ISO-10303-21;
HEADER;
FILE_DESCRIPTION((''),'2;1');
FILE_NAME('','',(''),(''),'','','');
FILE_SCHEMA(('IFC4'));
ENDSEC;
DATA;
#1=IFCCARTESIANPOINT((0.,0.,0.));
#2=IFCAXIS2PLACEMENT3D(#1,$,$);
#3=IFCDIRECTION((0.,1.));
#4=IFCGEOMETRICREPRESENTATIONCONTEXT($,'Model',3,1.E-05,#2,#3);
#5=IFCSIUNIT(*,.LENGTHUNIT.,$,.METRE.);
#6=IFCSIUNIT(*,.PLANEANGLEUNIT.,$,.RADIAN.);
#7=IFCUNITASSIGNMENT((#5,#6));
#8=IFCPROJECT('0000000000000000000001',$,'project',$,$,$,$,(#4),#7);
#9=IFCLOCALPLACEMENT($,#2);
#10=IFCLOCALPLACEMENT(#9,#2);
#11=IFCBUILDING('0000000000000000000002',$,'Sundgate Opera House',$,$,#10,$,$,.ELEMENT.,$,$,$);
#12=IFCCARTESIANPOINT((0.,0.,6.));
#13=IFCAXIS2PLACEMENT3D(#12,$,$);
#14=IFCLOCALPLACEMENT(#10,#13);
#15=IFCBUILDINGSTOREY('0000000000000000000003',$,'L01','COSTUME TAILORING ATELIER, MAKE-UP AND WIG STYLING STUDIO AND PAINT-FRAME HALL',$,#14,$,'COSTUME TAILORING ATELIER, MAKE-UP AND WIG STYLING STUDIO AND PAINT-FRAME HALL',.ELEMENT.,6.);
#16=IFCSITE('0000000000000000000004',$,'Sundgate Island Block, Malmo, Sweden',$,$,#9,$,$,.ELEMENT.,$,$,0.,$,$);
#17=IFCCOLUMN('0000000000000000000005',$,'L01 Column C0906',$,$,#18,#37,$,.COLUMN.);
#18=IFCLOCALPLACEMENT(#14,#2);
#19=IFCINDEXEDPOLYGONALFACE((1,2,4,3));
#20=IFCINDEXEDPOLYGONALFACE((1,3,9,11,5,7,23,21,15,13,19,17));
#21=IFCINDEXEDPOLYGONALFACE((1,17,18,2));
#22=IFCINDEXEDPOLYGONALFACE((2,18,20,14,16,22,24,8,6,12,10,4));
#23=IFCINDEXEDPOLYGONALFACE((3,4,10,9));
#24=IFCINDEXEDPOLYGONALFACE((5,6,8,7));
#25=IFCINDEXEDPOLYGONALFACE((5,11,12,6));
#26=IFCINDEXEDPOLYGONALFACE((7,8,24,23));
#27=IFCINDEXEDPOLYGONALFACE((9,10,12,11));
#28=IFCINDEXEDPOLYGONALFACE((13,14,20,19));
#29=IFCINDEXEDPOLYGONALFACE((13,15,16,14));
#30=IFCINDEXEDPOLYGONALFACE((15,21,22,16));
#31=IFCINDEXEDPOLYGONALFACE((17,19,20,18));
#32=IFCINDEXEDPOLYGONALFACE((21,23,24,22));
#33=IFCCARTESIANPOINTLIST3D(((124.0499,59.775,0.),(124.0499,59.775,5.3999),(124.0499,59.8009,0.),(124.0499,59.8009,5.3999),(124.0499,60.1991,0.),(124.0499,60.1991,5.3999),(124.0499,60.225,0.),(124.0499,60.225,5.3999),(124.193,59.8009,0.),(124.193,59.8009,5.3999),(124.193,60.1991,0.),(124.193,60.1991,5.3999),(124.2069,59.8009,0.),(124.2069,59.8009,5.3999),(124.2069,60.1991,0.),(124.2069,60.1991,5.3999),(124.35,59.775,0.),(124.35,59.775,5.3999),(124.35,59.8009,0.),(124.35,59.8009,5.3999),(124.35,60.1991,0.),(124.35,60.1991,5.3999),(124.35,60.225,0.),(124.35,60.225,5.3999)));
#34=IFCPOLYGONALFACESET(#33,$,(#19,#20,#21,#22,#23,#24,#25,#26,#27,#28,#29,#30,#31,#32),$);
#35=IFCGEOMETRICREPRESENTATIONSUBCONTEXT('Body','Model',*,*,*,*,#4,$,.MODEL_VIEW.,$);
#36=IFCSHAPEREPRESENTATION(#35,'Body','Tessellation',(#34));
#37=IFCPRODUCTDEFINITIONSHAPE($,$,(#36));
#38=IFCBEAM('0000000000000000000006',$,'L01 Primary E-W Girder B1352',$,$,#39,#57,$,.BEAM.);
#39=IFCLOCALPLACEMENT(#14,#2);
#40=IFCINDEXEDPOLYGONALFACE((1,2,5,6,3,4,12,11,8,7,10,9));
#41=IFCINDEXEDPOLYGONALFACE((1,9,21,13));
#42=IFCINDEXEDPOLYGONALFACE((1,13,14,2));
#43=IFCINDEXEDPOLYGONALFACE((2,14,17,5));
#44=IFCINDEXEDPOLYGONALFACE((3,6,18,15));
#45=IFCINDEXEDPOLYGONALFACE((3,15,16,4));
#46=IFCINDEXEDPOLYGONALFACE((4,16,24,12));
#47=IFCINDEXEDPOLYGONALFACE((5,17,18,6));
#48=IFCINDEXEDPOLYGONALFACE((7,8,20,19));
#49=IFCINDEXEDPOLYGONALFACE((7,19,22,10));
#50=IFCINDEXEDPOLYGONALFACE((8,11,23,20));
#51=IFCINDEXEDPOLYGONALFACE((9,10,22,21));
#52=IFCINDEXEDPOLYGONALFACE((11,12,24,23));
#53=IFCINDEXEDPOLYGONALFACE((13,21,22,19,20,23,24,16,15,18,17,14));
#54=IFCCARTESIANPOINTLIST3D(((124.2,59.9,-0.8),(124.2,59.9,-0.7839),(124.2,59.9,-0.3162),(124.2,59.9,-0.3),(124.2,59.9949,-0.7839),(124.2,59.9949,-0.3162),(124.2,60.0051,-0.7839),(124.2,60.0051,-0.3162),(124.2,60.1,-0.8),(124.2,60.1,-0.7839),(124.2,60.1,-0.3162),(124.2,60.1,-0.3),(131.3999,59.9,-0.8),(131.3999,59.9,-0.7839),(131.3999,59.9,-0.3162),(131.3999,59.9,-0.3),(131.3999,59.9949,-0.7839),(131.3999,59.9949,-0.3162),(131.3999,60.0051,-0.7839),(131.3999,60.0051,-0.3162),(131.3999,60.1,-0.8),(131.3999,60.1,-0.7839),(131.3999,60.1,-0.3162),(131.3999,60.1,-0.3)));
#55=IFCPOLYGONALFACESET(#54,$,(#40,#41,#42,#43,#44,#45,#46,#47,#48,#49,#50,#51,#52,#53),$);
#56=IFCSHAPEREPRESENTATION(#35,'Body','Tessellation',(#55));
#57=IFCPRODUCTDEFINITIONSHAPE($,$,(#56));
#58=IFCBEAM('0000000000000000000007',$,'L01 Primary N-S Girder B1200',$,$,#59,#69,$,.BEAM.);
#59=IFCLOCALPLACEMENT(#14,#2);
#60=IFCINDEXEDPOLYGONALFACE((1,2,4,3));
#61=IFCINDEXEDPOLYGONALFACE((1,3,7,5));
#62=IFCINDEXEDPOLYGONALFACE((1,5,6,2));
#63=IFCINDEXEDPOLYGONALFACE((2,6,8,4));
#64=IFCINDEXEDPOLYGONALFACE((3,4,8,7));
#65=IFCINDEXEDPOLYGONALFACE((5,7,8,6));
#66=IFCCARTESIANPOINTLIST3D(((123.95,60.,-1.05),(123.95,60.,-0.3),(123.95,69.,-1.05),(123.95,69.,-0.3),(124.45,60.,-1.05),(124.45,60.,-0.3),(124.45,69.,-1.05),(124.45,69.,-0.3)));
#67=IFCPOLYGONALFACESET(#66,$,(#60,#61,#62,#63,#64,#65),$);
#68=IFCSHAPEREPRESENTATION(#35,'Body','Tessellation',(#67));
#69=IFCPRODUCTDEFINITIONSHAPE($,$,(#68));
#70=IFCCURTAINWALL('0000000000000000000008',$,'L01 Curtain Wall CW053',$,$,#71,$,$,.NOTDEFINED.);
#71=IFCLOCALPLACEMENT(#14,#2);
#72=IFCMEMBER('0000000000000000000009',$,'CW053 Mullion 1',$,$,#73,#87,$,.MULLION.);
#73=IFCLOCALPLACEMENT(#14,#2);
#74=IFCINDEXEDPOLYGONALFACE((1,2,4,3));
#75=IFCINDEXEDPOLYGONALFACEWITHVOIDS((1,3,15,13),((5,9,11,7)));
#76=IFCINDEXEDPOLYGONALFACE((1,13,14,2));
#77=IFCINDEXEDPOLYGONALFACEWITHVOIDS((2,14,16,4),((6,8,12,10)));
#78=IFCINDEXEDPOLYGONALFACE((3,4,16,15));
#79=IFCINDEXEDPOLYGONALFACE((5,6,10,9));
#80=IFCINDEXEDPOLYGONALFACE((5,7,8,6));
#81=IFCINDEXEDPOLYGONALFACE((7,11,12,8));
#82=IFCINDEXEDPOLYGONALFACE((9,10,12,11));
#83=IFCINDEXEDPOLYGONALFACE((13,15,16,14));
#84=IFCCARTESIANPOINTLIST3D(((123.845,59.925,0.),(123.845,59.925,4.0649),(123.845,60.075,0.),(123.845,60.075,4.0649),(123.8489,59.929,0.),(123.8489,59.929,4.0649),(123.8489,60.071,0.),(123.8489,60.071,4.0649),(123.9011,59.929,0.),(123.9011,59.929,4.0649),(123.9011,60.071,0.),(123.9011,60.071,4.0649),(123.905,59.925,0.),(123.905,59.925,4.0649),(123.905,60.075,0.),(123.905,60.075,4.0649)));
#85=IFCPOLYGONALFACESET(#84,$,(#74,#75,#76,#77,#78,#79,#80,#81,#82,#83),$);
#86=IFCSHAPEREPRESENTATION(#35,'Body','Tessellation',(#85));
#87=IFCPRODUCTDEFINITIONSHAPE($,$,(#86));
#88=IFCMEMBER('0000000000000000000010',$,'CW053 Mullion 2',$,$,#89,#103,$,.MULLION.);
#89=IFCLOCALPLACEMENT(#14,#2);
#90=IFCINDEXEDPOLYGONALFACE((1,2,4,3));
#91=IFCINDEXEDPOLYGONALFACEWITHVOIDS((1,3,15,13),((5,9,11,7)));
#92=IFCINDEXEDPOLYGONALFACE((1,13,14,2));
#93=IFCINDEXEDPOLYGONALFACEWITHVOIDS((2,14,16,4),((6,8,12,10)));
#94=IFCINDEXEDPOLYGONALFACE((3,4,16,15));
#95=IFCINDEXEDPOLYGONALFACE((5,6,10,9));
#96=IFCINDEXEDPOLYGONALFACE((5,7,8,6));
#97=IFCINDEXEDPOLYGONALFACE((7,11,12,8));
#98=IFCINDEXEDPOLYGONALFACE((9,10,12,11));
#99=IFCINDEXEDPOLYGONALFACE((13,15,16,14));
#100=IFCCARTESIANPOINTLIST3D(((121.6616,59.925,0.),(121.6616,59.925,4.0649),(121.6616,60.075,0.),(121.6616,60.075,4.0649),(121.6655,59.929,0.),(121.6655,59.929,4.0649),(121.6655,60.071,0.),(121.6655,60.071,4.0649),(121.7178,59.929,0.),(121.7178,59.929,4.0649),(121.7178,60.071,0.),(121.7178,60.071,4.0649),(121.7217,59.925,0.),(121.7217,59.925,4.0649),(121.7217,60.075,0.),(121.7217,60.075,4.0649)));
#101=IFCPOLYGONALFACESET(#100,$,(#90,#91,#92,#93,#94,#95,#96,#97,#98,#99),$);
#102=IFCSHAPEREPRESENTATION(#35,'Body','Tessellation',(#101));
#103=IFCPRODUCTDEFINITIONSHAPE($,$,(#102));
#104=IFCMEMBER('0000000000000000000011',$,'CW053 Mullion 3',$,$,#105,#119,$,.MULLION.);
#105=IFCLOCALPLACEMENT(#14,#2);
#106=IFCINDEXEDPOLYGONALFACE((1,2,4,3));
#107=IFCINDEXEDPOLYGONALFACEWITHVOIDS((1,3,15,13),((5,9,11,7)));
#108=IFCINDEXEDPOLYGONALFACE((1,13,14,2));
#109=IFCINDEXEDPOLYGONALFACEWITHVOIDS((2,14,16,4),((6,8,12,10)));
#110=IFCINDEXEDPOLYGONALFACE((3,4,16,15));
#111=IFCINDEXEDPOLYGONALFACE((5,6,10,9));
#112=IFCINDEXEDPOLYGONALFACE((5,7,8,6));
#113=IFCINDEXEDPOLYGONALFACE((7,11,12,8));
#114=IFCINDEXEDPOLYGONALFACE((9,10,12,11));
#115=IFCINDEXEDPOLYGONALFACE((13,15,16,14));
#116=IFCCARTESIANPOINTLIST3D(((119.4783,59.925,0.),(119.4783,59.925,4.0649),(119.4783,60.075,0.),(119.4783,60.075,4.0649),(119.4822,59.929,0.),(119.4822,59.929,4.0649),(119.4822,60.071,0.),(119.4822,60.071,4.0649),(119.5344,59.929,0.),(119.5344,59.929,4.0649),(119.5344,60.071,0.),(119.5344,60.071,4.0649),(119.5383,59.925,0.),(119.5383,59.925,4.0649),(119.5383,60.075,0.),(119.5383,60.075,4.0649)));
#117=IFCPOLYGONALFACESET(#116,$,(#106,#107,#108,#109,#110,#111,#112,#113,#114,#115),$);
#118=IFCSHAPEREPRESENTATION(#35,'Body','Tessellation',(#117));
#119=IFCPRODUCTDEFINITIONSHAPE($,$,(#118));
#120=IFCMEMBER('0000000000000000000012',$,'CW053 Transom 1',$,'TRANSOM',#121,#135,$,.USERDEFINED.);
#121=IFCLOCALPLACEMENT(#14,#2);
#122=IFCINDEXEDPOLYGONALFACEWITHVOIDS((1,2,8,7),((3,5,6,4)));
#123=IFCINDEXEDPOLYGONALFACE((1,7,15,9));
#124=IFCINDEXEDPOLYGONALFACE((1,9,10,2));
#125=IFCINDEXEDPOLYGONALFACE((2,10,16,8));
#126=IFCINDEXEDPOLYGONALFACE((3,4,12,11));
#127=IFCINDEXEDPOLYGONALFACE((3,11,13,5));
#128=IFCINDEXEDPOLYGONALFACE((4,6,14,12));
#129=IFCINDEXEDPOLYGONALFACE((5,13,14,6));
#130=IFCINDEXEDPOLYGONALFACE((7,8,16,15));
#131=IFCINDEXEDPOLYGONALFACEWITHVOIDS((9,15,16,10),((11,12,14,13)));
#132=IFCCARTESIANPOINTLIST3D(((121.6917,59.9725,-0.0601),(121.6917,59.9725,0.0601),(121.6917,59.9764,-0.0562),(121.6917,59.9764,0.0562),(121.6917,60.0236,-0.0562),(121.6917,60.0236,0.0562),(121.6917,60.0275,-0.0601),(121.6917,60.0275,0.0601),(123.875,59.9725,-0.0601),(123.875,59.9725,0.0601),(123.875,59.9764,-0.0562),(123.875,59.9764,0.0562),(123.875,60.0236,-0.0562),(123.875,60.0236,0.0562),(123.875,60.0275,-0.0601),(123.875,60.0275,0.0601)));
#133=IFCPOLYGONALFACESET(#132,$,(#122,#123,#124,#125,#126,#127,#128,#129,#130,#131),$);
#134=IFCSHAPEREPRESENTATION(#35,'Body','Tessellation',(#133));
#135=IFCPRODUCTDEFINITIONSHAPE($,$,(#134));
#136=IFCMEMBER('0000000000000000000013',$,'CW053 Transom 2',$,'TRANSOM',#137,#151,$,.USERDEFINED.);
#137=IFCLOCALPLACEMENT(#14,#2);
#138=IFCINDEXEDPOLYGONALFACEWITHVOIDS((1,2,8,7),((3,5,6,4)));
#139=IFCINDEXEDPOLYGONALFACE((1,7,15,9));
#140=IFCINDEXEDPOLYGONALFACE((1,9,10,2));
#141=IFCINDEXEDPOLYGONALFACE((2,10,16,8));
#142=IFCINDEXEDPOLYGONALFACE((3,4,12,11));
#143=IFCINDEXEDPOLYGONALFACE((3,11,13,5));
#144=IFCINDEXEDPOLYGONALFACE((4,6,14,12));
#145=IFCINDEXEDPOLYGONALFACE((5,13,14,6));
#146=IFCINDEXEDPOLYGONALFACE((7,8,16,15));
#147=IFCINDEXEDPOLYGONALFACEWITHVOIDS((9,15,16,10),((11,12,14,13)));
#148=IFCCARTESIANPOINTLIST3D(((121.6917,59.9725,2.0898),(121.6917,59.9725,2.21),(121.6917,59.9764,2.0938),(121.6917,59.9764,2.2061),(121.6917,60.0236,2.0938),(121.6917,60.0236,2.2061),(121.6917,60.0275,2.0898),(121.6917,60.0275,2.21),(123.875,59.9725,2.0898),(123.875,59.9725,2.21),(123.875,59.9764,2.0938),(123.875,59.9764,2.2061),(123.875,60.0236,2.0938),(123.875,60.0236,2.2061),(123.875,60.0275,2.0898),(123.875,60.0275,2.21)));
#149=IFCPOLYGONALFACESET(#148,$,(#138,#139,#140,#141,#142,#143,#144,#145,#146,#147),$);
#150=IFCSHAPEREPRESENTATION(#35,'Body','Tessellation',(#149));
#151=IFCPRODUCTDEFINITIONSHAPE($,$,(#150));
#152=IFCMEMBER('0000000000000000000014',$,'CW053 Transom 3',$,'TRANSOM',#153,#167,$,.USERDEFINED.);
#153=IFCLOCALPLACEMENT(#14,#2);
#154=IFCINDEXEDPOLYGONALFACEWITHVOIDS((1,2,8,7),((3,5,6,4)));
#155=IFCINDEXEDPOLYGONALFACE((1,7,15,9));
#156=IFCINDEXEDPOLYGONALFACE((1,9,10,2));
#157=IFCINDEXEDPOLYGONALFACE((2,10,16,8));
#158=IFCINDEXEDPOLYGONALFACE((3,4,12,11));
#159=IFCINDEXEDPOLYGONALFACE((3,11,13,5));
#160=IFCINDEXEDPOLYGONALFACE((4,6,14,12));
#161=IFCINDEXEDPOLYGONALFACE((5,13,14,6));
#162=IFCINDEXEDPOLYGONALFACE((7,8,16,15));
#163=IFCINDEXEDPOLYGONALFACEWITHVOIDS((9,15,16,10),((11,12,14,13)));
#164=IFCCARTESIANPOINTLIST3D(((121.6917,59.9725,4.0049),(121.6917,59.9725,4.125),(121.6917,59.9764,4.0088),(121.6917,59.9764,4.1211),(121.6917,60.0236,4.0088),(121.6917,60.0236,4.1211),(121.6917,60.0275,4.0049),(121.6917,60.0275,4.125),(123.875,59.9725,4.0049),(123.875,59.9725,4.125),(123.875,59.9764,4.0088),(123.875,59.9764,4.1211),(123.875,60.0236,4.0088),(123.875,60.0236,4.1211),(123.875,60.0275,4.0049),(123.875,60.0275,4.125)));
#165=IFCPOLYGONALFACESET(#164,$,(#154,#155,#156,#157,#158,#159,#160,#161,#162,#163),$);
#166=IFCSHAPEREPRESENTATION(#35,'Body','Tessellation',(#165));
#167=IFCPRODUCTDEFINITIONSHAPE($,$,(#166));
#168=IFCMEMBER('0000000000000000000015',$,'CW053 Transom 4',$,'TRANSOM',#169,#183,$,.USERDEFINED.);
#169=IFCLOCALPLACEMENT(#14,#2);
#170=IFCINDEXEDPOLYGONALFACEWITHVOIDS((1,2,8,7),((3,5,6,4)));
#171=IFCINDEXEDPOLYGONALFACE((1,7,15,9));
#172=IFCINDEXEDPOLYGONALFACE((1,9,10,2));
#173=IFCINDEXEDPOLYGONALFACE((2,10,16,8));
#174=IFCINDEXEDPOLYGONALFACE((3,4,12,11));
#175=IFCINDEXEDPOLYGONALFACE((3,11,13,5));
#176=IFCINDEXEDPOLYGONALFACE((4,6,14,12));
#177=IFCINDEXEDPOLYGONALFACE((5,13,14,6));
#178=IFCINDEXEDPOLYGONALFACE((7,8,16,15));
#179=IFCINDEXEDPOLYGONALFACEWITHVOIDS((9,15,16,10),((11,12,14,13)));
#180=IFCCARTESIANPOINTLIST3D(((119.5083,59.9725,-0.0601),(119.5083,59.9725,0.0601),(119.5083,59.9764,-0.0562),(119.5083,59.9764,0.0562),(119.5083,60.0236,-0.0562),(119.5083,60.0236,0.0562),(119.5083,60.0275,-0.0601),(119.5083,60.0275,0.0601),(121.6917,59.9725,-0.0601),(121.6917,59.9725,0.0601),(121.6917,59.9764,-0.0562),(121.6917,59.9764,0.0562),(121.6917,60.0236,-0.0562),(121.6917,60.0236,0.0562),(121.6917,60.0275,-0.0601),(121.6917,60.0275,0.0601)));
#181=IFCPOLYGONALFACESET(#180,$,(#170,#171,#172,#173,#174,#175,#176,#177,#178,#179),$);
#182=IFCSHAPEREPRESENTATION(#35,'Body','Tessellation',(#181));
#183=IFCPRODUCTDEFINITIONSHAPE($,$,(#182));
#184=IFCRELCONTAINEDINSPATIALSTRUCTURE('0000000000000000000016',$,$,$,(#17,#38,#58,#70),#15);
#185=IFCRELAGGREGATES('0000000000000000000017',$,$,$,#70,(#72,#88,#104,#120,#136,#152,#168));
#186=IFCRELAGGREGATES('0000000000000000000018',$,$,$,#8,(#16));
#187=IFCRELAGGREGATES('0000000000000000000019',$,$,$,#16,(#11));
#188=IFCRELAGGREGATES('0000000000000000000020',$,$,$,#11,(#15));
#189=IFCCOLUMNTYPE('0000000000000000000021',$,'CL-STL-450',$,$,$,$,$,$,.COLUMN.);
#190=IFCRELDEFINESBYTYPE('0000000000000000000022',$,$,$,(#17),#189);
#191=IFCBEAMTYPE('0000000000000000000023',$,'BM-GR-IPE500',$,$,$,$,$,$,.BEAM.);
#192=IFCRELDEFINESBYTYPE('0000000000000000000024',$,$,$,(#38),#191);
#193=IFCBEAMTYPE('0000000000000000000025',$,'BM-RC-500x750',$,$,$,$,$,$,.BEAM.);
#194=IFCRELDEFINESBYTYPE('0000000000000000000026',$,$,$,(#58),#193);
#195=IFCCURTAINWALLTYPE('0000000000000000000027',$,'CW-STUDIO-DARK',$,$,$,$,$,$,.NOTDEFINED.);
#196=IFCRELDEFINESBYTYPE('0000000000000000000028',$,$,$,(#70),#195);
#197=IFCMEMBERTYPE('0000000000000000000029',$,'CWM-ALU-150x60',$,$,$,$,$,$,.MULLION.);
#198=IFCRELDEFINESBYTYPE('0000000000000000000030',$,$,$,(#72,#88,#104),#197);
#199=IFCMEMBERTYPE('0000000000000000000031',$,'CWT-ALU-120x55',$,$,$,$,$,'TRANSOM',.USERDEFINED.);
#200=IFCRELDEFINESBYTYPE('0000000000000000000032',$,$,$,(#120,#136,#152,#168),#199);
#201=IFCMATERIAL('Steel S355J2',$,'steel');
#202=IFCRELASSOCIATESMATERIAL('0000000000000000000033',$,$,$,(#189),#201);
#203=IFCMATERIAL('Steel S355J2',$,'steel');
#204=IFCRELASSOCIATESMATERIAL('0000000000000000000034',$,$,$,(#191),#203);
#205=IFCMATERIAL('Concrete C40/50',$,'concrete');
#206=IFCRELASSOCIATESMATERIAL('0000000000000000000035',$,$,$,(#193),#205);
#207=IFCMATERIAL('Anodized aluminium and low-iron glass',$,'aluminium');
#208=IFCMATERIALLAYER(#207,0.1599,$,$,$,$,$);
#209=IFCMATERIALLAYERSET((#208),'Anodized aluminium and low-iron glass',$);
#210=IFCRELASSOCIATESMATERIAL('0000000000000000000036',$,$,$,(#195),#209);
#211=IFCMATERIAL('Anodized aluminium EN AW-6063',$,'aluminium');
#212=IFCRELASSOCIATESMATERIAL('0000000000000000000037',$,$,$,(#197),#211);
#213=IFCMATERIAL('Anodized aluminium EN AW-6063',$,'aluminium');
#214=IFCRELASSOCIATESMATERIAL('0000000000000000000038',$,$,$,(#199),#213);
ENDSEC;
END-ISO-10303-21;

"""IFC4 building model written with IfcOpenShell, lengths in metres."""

from ifc_helpers import new_model, si_unit, direction, frame, origin, origin_2d, place, context, subcontext, project, spatial, rectangle, hollow_rectangle, i_section, extrude, material, layer, layer_set, material_profile, profile_set, type_object, element, aggregate, save


model = new_model("IFC4")

# Units and contexts
model_context = context("Model", 3, precision=1e-05, world=origin(), true_north=direction((0.0, 1.0)))
body_context = subcontext(model_context, "Body", "Model", "MODEL_VIEW")
ifc_project = project(units=[si_unit("LENGTHUNIT", "METRE"), si_unit("PLANEANGLEUNIT", "RADIAN")], contexts=[model_context])

# Site, building, storey
site_placement = place(None, origin())
site = spatial("IfcSite", under=ifc_project, at=site_placement, Name="Sundgate Island Block, Malmo, Sweden", CompositionType="ELEMENT", RefElevation=0.0)
building_placement = place(site_placement, origin())
building = spatial("IfcBuilding", under=site, at=building_placement, Name="Sundgate Opera House", CompositionType="ELEMENT")
storey_placement = place(building_placement, frame((0.0, 0.0, 6.0)))
storey = spatial("IfcBuildingStorey", under=building, at=storey_placement, Name="L01", Description="COSTUME TAILORING ATELIER, MAKE-UP AND WIG STYLING STUDIO AND PAINT-FRAME HALL", LongName="COSTUME TAILORING ATELIER, MAKE-UP AND WIG STYLING STUDIO AND PAINT-FRAME HALL", CompositionType="ELEMENT", Elevation=6.0)

# Column
ifc_material_1 = material(Name="Steel S355J2", Category="steel")
ifc_material_profile_1 = material_profile(ifc_material_1, i_section(OverallWidth=0.3, OverallDepth=0.45, WebThickness=0.0139, FlangeThickness=0.0259, at=origin_2d()), Name="HEB 450")
ifc_profile_set_1 = profile_set([ifc_material_profile_1], Name="Steel S355J2")
column_type = type_object("IfcColumnType", Name="CL-STL-450", PredefinedType="COLUMN", material=ifc_profile_set_1)
column_placement = place(storey_placement, frame((124.2, 60.0, 0.0), z_axis=(0.0, 0.0, 1.0), x_axis=(1.0, 0.0, 0.0)))
element("IfcColumn", 1, at=column_placement, inside=storey, type_object=column_type, Name="L01 Column C0906", PredefinedType="COLUMN", context=body_context, shape_type="SweptSolid", body=[
    extrude(i_section(OverallWidth=0.3, OverallDepth=0.45, WebThickness=0.0139, FlangeThickness=0.0259, at=origin_2d()), origin(), (0.0, 0.0, 1.0), 5.3999),
])

# Beams
ifc_material_2 = material(Name="Steel S355J2", Category="steel")
ifc_material_profile_2 = material_profile(ifc_material_2, i_section(OverallWidth=0.2, OverallDepth=0.5, WebThickness=0.0103, FlangeThickness=0.0161, at=origin_2d()), Name="IPE 500")
ifc_profile_set_2 = profile_set([ifc_material_profile_2], Name="Steel S355J2")
beam_type_1 = type_object("IfcBeamType", Name="BM-GR-IPE500", PredefinedType="BEAM", material=ifc_profile_set_2)
beam_1_placement = place(storey_placement, frame((124.2, 60.0, -0.55), z_axis=(1.0, 0.0, 0.0), x_axis=(0.0, 1.0, 0.0)))
element("IfcBeam", 2, at=beam_1_placement, inside=storey, type_object=beam_type_1, Name="L01 Primary E-W Girder B1352", PredefinedType="BEAM", context=body_context, shape_type="SweptSolid", body=[
    extrude(i_section(OverallWidth=0.2, OverallDepth=0.5, WebThickness=0.0103, FlangeThickness=0.0161, at=origin_2d()), origin(), (0.0, 0.0, 1.0), 7.2),
])
ifc_material_3 = material(Name="Concrete C40/50", Category="concrete")
ifc_material_profile_3 = material_profile(ifc_material_3, rectangle(XDim=0.5, YDim=0.75, at=origin_2d()), Name="RC 500x750")
ifc_profile_set_3 = profile_set([ifc_material_profile_3], Name="Concrete C40/50")
beam_type_2 = type_object("IfcBeamType", Name="BM-RC-500x750", PredefinedType="BEAM", material=ifc_profile_set_3)
beam_2_placement = place(storey_placement, frame((124.2, 60.0, -0.675), z_axis=(0.0, 1.0, 0.0), x_axis=(-1.0, 0.0, 0.0)))
element("IfcBeam", 3, at=beam_2_placement, inside=storey, type_object=beam_type_2, Name="L01 Primary N-S Girder B1200", PredefinedType="BEAM", context=body_context, shape_type="SweptSolid", body=[
    extrude(rectangle(XDim=0.5, YDim=0.75, at=origin_2d()), origin(), (0.0, 0.0, 1.0), 9.0),
])

# Curtain wall, members
ifc_material_4 = material(Name="Anodized aluminium and low-iron glass", Category="aluminium")
ifc_layer_1 = layer(ifc_material_4, 0.1599)
ifc_layer_set_1 = layer_set([ifc_layer_1], Name="Anodized aluminium and low-iron glass")
curtain_wall_type = type_object("IfcCurtainWallType", Name="CW-STUDIO-DARK", PredefinedType="NOTDEFINED", material=ifc_layer_set_1)
curtain_wall_placement = place(storey_placement, origin())
curtain_wall = element("IfcCurtainWall", 4, at=curtain_wall_placement, inside=storey, type_object=curtain_wall_type, Name="L01 Curtain Wall CW053", PredefinedType="NOTDEFINED")
ifc_material_5 = material(Name="Anodized aluminium EN AW-6063", Category="aluminium")
ifc_material_profile_4 = material_profile(ifc_material_5, hollow_rectangle(XDim=0.0601, YDim=0.1499, WallThickness=0.0039, at=origin_2d()), Name="CWM 150x60x4")
ifc_profile_set_4 = profile_set([ifc_material_profile_4], Name="Anodized aluminium EN AW-6063")
member_type_1 = type_object("IfcMemberType", Name="CWM-ALU-150x60", PredefinedType="MULLION", material=ifc_profile_set_4)
member_1_placement = place(storey_placement, frame((123.875, 60.0, 0.0), z_axis=(0.0, 0.0, 1.0), x_axis=(1.0, 0.0, 0.0)))
member_1 = element("IfcMember", 5, at=member_1_placement, type_object=member_type_1, Name="CW053 Mullion 1", PredefinedType="MULLION", context=body_context, shape_type="SweptSolid", body=[
    extrude(hollow_rectangle(XDim=0.0601, YDim=0.1499, WallThickness=0.0039, at=origin_2d()), origin(), (0.0, 0.0, 1.0), 4.0649),
])
member_2_placement = place(storey_placement, frame((121.6917, 60.0, 0.0), z_axis=(0.0, 0.0, 1.0), x_axis=(1.0, 0.0, 0.0)))
member_2 = element("IfcMember", 6, at=member_2_placement, type_object=member_type_1, Name="CW053 Mullion 2", PredefinedType="MULLION", context=body_context, shape_type="SweptSolid", body=[
    extrude(hollow_rectangle(XDim=0.0601, YDim=0.1499, WallThickness=0.0039, at=origin_2d()), origin(), (0.0, 0.0, 1.0), 4.0649),
])
member_3_placement = place(storey_placement, frame((119.5083, 60.0, 0.0), z_axis=(0.0, 0.0, 1.0), x_axis=(1.0, 0.0, 0.0)))
member_3 = element("IfcMember", 7, at=member_3_placement, type_object=member_type_1, Name="CW053 Mullion 3", PredefinedType="MULLION", context=body_context, shape_type="SweptSolid", body=[
    extrude(hollow_rectangle(XDim=0.0601, YDim=0.1499, WallThickness=0.0039, at=origin_2d()), origin(), (0.0, 0.0, 1.0), 4.0649),
])
ifc_material_6 = material(Name="Anodized aluminium EN AW-6063", Category="aluminium")
ifc_material_profile_5 = material_profile(ifc_material_6, hollow_rectangle(XDim=0.0549, YDim=0.1201, WallThickness=0.0039, at=origin_2d()), Name="CWT 120x55x4")
ifc_profile_set_5 = profile_set([ifc_material_profile_5], Name="Anodized aluminium EN AW-6063")
member_type_2 = type_object("IfcMemberType", Name="CWT-ALU-120x55", ElementType="TRANSOM", PredefinedType="USERDEFINED", material=ifc_profile_set_5)
member_4_placement = place(storey_placement, frame((123.875, 60.0, 0.0), z_axis=(-1.0, 0.0, 0.0), x_axis=(0.0, -1.0, 0.0)))
member_4 = element("IfcMember", 8, at=member_4_placement, type_object=member_type_2, Name="CW053 Transom 1", ObjectType="TRANSOM", PredefinedType="USERDEFINED", context=body_context, shape_type="SweptSolid", body=[
    extrude(hollow_rectangle(XDim=0.0549, YDim=0.1201, WallThickness=0.0039, at=origin_2d()), origin(), (0.0, 0.0, 1.0), 2.1833),
])
member_5_placement = place(storey_placement, frame((123.875, 60.0, 2.1499), z_axis=(-1.0, 0.0, 0.0), x_axis=(0.0, -1.0, 0.0)))
member_5 = element("IfcMember", 9, at=member_5_placement, type_object=member_type_2, Name="CW053 Transom 2", ObjectType="TRANSOM", PredefinedType="USERDEFINED", context=body_context, shape_type="SweptSolid", body=[
    extrude(hollow_rectangle(XDim=0.0549, YDim=0.1201, WallThickness=0.0039, at=origin_2d()), origin(), (0.0, 0.0, 1.0), 2.1833),
])
member_6_placement = place(storey_placement, frame((123.875, 60.0, 4.0649), z_axis=(-1.0, 0.0, 0.0), x_axis=(0.0, -1.0, 0.0)))
member_6 = element("IfcMember", 10, at=member_6_placement, type_object=member_type_2, Name="CW053 Transom 3", ObjectType="TRANSOM", PredefinedType="USERDEFINED", context=body_context, shape_type="SweptSolid", body=[
    extrude(hollow_rectangle(XDim=0.0549, YDim=0.1201, WallThickness=0.0039, at=origin_2d()), origin(), (0.0, 0.0, 1.0), 2.1833),
])
member_7_placement = place(storey_placement, frame((121.6917, 60.0, 0.0), z_axis=(-1.0, 0.0, 0.0), x_axis=(0.0, -1.0, 0.0)))
member_7 = element("IfcMember", 11, at=member_7_placement, type_object=member_type_2, Name="CW053 Transom 4", ObjectType="TRANSOM", PredefinedType="USERDEFINED", context=body_context, shape_type="SweptSolid", body=[
    extrude(hollow_rectangle(XDim=0.0549, YDim=0.1201, WallThickness=0.0039, at=origin_2d()), origin(), (0.0, 0.0, 1.0), 2.1833),
])
aggregate(curtain_wall, [member_1, member_2, member_3, member_4, member_5, member_6, member_7])

save(model, "model.ifc")
